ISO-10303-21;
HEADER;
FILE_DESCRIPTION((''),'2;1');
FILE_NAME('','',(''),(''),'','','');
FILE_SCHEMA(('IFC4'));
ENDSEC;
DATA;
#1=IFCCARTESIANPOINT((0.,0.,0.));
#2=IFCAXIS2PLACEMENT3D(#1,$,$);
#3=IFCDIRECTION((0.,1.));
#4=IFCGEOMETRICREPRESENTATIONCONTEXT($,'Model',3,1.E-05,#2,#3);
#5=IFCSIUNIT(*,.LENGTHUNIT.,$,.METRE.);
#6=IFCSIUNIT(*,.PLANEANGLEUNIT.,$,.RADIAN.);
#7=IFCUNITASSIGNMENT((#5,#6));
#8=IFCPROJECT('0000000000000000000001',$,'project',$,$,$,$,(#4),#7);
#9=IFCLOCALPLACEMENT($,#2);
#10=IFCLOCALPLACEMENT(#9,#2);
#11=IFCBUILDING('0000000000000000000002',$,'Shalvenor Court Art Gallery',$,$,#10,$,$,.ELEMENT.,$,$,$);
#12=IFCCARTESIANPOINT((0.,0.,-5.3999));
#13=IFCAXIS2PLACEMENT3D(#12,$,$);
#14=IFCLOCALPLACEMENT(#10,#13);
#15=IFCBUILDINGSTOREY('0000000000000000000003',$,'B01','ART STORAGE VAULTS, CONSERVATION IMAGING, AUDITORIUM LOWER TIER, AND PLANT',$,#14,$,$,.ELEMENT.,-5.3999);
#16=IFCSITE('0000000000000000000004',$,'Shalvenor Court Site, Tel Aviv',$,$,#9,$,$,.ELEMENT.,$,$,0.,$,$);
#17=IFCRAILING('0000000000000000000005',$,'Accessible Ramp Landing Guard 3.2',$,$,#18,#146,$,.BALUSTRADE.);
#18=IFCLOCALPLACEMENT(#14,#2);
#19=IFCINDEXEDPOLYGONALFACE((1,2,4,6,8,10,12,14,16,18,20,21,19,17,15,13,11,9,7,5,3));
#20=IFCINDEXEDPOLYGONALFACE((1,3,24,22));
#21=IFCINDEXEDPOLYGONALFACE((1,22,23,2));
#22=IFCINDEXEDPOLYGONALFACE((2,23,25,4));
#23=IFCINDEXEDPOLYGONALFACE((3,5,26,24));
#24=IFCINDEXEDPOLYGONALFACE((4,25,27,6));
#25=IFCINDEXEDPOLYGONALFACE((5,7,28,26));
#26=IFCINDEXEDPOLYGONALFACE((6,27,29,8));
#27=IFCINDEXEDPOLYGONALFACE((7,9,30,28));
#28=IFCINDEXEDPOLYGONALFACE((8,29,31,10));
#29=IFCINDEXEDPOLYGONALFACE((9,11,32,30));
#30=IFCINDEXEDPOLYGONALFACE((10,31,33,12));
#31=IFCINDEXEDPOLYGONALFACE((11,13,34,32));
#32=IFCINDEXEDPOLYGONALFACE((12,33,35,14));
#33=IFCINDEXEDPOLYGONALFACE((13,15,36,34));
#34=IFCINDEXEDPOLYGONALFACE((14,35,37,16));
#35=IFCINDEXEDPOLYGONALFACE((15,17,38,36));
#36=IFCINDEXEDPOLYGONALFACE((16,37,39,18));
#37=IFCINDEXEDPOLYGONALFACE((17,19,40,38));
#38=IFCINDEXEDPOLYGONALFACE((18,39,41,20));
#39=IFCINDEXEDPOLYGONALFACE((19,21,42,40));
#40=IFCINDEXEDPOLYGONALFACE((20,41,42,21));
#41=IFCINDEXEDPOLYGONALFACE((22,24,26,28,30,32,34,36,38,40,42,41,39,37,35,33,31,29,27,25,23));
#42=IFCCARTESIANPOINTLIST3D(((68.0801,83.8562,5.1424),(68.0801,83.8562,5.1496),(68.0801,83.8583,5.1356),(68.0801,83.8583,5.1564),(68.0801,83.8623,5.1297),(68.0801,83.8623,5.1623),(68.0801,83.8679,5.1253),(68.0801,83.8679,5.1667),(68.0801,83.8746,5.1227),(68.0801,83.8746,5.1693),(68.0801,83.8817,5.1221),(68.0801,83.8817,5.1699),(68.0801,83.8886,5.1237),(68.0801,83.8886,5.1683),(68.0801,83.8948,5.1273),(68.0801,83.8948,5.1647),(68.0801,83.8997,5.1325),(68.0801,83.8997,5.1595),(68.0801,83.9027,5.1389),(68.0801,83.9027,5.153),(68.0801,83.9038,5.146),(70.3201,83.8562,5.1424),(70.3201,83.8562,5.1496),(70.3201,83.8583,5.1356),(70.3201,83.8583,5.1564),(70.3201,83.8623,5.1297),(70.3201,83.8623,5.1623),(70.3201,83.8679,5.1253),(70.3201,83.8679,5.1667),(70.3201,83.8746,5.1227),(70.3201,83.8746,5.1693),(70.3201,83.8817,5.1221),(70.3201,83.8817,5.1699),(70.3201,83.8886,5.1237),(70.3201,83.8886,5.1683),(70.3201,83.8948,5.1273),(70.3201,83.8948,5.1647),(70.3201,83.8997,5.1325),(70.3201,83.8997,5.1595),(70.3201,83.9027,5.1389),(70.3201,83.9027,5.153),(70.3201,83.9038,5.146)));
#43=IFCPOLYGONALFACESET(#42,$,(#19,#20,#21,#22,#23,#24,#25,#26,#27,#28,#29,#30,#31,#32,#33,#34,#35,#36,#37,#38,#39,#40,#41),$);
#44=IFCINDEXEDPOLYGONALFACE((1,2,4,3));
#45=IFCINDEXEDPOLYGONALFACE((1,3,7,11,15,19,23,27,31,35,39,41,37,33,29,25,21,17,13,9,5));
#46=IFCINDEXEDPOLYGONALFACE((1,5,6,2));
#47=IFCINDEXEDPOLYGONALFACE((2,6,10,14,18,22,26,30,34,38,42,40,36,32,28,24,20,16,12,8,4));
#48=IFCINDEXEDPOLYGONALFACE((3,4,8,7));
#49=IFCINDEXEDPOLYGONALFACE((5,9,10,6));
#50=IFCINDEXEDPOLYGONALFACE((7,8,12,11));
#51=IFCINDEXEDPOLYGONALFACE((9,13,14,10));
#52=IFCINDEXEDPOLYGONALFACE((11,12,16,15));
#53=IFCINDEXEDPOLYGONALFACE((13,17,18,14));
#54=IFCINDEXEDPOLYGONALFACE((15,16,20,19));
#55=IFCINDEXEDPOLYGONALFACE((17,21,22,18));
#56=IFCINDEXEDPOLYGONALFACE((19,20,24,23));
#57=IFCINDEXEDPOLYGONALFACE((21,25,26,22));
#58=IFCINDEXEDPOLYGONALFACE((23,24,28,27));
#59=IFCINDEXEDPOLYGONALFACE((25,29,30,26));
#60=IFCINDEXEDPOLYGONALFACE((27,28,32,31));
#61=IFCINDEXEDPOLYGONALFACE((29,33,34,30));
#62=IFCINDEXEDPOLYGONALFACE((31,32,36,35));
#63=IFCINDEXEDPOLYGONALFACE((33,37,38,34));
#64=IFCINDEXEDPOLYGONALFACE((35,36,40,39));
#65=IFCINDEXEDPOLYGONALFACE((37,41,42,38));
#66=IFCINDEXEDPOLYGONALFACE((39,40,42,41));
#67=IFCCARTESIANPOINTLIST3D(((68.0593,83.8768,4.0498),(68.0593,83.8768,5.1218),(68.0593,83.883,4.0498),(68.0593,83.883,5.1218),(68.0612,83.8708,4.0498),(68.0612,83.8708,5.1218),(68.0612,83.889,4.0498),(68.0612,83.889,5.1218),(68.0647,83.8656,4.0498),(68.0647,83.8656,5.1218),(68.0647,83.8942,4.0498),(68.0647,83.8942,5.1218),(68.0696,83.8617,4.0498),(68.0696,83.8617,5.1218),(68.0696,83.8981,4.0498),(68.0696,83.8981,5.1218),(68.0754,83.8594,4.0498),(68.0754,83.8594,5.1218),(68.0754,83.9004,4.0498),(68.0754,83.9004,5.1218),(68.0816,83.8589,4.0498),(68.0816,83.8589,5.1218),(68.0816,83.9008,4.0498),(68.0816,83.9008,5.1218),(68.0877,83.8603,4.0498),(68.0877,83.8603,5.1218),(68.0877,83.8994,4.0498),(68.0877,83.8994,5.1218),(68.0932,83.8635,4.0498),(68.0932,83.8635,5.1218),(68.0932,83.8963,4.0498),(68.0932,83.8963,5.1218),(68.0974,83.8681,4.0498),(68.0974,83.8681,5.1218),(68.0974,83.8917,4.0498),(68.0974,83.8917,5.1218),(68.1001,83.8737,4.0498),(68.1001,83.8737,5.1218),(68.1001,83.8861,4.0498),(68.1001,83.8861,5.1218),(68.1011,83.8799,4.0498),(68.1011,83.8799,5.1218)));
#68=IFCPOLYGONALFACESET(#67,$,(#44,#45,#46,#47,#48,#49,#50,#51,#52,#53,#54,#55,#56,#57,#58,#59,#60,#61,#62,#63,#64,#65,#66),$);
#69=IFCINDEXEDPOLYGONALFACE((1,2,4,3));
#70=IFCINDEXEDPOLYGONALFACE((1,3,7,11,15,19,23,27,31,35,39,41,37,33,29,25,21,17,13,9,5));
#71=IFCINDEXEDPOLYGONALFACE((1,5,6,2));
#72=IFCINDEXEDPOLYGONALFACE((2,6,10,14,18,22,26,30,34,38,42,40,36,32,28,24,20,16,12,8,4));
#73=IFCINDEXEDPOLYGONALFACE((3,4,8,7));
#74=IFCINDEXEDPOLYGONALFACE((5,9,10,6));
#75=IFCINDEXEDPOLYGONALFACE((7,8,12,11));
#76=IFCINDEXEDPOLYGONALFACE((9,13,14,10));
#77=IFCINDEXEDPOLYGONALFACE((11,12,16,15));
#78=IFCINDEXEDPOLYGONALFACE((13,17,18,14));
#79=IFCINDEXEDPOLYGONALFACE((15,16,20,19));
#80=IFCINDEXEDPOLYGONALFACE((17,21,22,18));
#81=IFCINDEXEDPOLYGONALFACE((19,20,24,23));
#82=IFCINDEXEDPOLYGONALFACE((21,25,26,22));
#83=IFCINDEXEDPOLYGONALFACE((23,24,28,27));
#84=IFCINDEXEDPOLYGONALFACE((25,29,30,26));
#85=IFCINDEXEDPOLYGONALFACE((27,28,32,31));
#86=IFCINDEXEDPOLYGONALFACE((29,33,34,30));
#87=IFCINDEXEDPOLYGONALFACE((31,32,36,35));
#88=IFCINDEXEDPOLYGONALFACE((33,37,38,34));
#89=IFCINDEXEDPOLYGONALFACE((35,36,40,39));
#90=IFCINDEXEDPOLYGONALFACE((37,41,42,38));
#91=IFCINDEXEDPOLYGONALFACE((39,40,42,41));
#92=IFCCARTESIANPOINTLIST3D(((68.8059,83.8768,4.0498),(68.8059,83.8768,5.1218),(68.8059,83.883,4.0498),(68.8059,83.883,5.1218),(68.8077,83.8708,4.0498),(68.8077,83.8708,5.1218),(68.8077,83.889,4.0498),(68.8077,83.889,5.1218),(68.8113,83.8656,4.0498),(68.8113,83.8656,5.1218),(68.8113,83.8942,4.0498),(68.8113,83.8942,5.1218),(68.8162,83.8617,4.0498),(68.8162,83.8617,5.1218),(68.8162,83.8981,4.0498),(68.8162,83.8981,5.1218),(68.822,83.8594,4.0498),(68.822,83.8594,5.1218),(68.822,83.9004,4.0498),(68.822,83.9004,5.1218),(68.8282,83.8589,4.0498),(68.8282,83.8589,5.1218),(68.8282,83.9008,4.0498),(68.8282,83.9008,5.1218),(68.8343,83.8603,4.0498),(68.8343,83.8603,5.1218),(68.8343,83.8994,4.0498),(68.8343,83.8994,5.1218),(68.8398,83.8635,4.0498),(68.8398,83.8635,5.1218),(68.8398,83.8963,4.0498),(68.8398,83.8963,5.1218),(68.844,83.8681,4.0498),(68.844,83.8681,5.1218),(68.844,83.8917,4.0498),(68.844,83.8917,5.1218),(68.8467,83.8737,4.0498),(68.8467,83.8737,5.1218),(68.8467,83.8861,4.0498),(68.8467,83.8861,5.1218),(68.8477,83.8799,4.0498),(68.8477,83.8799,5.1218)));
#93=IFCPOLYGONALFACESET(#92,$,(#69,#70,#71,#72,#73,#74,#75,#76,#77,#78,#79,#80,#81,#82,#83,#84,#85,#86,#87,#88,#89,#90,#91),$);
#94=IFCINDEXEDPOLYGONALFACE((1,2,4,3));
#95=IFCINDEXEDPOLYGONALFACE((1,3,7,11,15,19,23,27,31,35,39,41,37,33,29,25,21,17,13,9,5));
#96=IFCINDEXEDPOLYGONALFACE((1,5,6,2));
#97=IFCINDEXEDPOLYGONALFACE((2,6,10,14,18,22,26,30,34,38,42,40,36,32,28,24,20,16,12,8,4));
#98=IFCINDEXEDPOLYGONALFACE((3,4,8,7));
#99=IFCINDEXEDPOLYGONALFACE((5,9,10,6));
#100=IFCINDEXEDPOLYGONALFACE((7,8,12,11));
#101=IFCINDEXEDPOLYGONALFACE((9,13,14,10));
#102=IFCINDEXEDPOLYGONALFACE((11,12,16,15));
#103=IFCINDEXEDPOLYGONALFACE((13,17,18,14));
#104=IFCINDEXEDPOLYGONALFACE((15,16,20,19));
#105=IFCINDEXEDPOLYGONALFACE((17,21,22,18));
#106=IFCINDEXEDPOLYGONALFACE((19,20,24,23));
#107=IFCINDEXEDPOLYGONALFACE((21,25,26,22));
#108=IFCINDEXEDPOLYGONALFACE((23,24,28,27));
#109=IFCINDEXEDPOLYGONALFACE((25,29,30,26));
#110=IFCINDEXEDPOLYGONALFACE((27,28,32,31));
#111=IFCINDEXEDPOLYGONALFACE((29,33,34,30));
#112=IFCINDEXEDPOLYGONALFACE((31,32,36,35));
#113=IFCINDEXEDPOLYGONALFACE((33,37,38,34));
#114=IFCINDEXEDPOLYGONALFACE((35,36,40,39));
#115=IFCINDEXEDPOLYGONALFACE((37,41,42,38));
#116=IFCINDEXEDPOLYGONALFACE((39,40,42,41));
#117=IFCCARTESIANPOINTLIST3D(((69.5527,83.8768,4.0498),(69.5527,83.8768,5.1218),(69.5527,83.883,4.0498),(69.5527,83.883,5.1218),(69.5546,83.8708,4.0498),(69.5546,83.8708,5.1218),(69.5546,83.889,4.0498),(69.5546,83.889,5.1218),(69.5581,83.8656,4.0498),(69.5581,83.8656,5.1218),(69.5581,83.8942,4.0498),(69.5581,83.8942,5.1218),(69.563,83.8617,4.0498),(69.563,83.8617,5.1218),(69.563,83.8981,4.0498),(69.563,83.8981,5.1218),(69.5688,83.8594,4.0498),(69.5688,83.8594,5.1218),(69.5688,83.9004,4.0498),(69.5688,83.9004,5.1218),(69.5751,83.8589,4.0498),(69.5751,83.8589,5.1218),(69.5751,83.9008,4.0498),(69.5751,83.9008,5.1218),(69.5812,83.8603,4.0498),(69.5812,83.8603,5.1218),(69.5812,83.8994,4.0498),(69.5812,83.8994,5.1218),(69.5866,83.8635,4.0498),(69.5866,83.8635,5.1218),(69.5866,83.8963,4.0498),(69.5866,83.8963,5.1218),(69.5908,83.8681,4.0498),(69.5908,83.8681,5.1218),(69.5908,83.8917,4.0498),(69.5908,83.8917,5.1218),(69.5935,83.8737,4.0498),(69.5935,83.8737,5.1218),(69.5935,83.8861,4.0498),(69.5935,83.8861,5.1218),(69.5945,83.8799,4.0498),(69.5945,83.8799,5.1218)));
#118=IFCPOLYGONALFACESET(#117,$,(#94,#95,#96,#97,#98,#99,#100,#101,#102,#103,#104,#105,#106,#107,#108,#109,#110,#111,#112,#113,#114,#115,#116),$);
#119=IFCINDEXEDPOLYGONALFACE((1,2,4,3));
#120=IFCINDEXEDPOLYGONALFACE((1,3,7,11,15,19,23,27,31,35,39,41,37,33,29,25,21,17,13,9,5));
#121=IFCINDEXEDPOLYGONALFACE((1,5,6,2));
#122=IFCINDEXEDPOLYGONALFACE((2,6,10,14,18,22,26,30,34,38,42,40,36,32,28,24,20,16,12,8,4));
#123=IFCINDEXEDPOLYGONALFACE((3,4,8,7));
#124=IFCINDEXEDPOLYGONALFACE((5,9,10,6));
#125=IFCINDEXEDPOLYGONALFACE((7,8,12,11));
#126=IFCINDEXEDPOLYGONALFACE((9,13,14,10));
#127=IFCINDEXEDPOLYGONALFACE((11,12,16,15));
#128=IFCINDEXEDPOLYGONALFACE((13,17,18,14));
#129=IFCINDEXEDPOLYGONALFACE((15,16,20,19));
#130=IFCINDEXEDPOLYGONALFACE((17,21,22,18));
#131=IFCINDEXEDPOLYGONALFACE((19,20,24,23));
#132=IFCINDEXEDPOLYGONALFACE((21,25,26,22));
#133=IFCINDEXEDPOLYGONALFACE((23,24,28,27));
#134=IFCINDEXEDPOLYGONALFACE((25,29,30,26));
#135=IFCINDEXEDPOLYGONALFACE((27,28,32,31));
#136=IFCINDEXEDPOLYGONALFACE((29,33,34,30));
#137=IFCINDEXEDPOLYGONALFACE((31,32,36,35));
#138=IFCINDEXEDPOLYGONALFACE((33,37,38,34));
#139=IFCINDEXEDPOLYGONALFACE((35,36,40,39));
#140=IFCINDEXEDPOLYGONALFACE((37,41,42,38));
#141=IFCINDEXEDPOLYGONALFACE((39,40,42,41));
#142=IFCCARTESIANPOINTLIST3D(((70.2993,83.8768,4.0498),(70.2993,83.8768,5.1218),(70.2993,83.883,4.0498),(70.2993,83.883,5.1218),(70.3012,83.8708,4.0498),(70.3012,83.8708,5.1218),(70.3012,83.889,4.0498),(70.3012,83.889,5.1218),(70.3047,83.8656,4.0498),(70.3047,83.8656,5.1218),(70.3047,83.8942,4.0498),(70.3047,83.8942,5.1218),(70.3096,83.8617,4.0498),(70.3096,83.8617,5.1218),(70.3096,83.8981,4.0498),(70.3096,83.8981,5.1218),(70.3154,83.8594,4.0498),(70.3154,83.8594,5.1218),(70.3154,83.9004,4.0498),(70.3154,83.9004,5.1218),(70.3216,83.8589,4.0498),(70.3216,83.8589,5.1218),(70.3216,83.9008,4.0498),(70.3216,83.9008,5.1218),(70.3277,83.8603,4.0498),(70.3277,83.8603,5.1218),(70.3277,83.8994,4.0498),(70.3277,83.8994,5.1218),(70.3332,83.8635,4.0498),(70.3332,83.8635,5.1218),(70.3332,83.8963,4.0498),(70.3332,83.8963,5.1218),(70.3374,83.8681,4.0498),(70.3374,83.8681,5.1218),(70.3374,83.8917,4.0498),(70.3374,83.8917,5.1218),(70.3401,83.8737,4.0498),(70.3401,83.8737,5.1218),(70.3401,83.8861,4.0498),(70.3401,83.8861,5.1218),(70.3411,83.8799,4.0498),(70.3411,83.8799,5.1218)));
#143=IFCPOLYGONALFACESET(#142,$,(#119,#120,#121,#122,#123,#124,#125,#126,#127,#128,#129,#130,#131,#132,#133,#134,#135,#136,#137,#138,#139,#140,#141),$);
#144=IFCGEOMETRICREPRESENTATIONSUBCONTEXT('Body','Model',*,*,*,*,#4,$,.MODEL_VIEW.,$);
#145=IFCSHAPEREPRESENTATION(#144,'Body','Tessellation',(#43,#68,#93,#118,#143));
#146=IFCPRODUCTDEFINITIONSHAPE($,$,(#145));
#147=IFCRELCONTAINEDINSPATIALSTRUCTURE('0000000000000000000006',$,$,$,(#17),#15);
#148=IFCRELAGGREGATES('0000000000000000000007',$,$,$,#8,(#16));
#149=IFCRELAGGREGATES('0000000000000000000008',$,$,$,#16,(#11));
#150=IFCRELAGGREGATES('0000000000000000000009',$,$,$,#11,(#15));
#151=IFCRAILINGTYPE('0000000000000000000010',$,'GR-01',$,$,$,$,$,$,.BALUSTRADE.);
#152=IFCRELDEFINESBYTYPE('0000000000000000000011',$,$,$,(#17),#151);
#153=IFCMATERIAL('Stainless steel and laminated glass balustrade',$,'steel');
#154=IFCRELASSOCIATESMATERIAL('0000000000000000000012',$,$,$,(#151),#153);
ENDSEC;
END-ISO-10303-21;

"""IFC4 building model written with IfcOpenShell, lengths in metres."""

from ifc_helpers import new_model, si_unit, direction, frame, origin, origin_2d, place, context, subcontext, project, spatial, circle, extrude, material, type_object, element, save


model = new_model("IFC4")

# Units and contexts
model_context = context("Model", 3, precision=1e-05, world=origin(), true_north=direction((0.0, 1.0)))
body_context = subcontext(model_context, "Body", "Model", "MODEL_VIEW")
ifc_project = project(units=[si_unit("LENGTHUNIT", "METRE"), si_unit("PLANEANGLEUNIT", "RADIAN")], contexts=[model_context])

# Site, building, storey
site_placement = place(None, origin())
site = spatial("IfcSite", under=ifc_project, at=site_placement, Name="Shalvenor Court Site, Tel Aviv", CompositionType="ELEMENT", RefElevation=0.0)
building_placement = place(site_placement, origin())
building = spatial("IfcBuilding", under=site, at=building_placement, Name="Shalvenor Court Art Gallery", CompositionType="ELEMENT")
storey_placement = place(building_placement, frame((0.0, 0.0, -5.3999)))
storey = spatial("IfcBuildingStorey", under=building, at=storey_placement, Name="B01", Description="ART STORAGE VAULTS, CONSERVATION IMAGING, AUDITORIUM LOWER TIER, AND PLANT", CompositionType="ELEMENT", Elevation=-5.3999)

# Railing
ifc_material_1 = material(Name="Stainless steel and laminated glass balustrade", Category="steel")
railing_type_1 = type_object("IfcRailingType", Name="GR-01", PredefinedType="BALUSTRADE", material=ifc_material_1)
for number, where, name in (
    (1, (68.0801, 83.8799, 4.0498), "Accessible Ramp Landing Guard 3.2"),
):
    element("IfcRailing", number, at=place(storey_placement, frame(where)), inside=storey, type_object=railing_type_1, Name=name, PredefinedType="BALUSTRADE", context=body_context, shape_type="SweptSolid", body=[
        extrude(circle(Radius=0.0239, at=origin_2d()), frame((0.0, 0.0, 1.0962), z_axis=(1.0, 0.0, 0.0), x_axis=(0.0, 1.0, 0.0)), (0.0, 0.0, 1.0), 2.24),
        extrude(circle(Radius=0.021, at=origin_2d()), origin(), (0.0, 0.0, 1.0), 1.072),
        extrude(circle(Radius=0.021, at=origin_2d()), frame((0.7466, 0.0, 0.0)), (0.0, 0.0, 1.0), 1.072),
        extrude(circle(Radius=0.021, at=origin_2d()), frame((1.4934, 0.0, 0.0)), (0.0, 0.0, 1.0), 1.072),
        extrude(circle(Radius=0.021, at=origin_2d()), frame((2.24, 0.0, 0.0)), (0.0, 0.0, 1.0), 1.072),
    ])

save(model, "model.ifc")
